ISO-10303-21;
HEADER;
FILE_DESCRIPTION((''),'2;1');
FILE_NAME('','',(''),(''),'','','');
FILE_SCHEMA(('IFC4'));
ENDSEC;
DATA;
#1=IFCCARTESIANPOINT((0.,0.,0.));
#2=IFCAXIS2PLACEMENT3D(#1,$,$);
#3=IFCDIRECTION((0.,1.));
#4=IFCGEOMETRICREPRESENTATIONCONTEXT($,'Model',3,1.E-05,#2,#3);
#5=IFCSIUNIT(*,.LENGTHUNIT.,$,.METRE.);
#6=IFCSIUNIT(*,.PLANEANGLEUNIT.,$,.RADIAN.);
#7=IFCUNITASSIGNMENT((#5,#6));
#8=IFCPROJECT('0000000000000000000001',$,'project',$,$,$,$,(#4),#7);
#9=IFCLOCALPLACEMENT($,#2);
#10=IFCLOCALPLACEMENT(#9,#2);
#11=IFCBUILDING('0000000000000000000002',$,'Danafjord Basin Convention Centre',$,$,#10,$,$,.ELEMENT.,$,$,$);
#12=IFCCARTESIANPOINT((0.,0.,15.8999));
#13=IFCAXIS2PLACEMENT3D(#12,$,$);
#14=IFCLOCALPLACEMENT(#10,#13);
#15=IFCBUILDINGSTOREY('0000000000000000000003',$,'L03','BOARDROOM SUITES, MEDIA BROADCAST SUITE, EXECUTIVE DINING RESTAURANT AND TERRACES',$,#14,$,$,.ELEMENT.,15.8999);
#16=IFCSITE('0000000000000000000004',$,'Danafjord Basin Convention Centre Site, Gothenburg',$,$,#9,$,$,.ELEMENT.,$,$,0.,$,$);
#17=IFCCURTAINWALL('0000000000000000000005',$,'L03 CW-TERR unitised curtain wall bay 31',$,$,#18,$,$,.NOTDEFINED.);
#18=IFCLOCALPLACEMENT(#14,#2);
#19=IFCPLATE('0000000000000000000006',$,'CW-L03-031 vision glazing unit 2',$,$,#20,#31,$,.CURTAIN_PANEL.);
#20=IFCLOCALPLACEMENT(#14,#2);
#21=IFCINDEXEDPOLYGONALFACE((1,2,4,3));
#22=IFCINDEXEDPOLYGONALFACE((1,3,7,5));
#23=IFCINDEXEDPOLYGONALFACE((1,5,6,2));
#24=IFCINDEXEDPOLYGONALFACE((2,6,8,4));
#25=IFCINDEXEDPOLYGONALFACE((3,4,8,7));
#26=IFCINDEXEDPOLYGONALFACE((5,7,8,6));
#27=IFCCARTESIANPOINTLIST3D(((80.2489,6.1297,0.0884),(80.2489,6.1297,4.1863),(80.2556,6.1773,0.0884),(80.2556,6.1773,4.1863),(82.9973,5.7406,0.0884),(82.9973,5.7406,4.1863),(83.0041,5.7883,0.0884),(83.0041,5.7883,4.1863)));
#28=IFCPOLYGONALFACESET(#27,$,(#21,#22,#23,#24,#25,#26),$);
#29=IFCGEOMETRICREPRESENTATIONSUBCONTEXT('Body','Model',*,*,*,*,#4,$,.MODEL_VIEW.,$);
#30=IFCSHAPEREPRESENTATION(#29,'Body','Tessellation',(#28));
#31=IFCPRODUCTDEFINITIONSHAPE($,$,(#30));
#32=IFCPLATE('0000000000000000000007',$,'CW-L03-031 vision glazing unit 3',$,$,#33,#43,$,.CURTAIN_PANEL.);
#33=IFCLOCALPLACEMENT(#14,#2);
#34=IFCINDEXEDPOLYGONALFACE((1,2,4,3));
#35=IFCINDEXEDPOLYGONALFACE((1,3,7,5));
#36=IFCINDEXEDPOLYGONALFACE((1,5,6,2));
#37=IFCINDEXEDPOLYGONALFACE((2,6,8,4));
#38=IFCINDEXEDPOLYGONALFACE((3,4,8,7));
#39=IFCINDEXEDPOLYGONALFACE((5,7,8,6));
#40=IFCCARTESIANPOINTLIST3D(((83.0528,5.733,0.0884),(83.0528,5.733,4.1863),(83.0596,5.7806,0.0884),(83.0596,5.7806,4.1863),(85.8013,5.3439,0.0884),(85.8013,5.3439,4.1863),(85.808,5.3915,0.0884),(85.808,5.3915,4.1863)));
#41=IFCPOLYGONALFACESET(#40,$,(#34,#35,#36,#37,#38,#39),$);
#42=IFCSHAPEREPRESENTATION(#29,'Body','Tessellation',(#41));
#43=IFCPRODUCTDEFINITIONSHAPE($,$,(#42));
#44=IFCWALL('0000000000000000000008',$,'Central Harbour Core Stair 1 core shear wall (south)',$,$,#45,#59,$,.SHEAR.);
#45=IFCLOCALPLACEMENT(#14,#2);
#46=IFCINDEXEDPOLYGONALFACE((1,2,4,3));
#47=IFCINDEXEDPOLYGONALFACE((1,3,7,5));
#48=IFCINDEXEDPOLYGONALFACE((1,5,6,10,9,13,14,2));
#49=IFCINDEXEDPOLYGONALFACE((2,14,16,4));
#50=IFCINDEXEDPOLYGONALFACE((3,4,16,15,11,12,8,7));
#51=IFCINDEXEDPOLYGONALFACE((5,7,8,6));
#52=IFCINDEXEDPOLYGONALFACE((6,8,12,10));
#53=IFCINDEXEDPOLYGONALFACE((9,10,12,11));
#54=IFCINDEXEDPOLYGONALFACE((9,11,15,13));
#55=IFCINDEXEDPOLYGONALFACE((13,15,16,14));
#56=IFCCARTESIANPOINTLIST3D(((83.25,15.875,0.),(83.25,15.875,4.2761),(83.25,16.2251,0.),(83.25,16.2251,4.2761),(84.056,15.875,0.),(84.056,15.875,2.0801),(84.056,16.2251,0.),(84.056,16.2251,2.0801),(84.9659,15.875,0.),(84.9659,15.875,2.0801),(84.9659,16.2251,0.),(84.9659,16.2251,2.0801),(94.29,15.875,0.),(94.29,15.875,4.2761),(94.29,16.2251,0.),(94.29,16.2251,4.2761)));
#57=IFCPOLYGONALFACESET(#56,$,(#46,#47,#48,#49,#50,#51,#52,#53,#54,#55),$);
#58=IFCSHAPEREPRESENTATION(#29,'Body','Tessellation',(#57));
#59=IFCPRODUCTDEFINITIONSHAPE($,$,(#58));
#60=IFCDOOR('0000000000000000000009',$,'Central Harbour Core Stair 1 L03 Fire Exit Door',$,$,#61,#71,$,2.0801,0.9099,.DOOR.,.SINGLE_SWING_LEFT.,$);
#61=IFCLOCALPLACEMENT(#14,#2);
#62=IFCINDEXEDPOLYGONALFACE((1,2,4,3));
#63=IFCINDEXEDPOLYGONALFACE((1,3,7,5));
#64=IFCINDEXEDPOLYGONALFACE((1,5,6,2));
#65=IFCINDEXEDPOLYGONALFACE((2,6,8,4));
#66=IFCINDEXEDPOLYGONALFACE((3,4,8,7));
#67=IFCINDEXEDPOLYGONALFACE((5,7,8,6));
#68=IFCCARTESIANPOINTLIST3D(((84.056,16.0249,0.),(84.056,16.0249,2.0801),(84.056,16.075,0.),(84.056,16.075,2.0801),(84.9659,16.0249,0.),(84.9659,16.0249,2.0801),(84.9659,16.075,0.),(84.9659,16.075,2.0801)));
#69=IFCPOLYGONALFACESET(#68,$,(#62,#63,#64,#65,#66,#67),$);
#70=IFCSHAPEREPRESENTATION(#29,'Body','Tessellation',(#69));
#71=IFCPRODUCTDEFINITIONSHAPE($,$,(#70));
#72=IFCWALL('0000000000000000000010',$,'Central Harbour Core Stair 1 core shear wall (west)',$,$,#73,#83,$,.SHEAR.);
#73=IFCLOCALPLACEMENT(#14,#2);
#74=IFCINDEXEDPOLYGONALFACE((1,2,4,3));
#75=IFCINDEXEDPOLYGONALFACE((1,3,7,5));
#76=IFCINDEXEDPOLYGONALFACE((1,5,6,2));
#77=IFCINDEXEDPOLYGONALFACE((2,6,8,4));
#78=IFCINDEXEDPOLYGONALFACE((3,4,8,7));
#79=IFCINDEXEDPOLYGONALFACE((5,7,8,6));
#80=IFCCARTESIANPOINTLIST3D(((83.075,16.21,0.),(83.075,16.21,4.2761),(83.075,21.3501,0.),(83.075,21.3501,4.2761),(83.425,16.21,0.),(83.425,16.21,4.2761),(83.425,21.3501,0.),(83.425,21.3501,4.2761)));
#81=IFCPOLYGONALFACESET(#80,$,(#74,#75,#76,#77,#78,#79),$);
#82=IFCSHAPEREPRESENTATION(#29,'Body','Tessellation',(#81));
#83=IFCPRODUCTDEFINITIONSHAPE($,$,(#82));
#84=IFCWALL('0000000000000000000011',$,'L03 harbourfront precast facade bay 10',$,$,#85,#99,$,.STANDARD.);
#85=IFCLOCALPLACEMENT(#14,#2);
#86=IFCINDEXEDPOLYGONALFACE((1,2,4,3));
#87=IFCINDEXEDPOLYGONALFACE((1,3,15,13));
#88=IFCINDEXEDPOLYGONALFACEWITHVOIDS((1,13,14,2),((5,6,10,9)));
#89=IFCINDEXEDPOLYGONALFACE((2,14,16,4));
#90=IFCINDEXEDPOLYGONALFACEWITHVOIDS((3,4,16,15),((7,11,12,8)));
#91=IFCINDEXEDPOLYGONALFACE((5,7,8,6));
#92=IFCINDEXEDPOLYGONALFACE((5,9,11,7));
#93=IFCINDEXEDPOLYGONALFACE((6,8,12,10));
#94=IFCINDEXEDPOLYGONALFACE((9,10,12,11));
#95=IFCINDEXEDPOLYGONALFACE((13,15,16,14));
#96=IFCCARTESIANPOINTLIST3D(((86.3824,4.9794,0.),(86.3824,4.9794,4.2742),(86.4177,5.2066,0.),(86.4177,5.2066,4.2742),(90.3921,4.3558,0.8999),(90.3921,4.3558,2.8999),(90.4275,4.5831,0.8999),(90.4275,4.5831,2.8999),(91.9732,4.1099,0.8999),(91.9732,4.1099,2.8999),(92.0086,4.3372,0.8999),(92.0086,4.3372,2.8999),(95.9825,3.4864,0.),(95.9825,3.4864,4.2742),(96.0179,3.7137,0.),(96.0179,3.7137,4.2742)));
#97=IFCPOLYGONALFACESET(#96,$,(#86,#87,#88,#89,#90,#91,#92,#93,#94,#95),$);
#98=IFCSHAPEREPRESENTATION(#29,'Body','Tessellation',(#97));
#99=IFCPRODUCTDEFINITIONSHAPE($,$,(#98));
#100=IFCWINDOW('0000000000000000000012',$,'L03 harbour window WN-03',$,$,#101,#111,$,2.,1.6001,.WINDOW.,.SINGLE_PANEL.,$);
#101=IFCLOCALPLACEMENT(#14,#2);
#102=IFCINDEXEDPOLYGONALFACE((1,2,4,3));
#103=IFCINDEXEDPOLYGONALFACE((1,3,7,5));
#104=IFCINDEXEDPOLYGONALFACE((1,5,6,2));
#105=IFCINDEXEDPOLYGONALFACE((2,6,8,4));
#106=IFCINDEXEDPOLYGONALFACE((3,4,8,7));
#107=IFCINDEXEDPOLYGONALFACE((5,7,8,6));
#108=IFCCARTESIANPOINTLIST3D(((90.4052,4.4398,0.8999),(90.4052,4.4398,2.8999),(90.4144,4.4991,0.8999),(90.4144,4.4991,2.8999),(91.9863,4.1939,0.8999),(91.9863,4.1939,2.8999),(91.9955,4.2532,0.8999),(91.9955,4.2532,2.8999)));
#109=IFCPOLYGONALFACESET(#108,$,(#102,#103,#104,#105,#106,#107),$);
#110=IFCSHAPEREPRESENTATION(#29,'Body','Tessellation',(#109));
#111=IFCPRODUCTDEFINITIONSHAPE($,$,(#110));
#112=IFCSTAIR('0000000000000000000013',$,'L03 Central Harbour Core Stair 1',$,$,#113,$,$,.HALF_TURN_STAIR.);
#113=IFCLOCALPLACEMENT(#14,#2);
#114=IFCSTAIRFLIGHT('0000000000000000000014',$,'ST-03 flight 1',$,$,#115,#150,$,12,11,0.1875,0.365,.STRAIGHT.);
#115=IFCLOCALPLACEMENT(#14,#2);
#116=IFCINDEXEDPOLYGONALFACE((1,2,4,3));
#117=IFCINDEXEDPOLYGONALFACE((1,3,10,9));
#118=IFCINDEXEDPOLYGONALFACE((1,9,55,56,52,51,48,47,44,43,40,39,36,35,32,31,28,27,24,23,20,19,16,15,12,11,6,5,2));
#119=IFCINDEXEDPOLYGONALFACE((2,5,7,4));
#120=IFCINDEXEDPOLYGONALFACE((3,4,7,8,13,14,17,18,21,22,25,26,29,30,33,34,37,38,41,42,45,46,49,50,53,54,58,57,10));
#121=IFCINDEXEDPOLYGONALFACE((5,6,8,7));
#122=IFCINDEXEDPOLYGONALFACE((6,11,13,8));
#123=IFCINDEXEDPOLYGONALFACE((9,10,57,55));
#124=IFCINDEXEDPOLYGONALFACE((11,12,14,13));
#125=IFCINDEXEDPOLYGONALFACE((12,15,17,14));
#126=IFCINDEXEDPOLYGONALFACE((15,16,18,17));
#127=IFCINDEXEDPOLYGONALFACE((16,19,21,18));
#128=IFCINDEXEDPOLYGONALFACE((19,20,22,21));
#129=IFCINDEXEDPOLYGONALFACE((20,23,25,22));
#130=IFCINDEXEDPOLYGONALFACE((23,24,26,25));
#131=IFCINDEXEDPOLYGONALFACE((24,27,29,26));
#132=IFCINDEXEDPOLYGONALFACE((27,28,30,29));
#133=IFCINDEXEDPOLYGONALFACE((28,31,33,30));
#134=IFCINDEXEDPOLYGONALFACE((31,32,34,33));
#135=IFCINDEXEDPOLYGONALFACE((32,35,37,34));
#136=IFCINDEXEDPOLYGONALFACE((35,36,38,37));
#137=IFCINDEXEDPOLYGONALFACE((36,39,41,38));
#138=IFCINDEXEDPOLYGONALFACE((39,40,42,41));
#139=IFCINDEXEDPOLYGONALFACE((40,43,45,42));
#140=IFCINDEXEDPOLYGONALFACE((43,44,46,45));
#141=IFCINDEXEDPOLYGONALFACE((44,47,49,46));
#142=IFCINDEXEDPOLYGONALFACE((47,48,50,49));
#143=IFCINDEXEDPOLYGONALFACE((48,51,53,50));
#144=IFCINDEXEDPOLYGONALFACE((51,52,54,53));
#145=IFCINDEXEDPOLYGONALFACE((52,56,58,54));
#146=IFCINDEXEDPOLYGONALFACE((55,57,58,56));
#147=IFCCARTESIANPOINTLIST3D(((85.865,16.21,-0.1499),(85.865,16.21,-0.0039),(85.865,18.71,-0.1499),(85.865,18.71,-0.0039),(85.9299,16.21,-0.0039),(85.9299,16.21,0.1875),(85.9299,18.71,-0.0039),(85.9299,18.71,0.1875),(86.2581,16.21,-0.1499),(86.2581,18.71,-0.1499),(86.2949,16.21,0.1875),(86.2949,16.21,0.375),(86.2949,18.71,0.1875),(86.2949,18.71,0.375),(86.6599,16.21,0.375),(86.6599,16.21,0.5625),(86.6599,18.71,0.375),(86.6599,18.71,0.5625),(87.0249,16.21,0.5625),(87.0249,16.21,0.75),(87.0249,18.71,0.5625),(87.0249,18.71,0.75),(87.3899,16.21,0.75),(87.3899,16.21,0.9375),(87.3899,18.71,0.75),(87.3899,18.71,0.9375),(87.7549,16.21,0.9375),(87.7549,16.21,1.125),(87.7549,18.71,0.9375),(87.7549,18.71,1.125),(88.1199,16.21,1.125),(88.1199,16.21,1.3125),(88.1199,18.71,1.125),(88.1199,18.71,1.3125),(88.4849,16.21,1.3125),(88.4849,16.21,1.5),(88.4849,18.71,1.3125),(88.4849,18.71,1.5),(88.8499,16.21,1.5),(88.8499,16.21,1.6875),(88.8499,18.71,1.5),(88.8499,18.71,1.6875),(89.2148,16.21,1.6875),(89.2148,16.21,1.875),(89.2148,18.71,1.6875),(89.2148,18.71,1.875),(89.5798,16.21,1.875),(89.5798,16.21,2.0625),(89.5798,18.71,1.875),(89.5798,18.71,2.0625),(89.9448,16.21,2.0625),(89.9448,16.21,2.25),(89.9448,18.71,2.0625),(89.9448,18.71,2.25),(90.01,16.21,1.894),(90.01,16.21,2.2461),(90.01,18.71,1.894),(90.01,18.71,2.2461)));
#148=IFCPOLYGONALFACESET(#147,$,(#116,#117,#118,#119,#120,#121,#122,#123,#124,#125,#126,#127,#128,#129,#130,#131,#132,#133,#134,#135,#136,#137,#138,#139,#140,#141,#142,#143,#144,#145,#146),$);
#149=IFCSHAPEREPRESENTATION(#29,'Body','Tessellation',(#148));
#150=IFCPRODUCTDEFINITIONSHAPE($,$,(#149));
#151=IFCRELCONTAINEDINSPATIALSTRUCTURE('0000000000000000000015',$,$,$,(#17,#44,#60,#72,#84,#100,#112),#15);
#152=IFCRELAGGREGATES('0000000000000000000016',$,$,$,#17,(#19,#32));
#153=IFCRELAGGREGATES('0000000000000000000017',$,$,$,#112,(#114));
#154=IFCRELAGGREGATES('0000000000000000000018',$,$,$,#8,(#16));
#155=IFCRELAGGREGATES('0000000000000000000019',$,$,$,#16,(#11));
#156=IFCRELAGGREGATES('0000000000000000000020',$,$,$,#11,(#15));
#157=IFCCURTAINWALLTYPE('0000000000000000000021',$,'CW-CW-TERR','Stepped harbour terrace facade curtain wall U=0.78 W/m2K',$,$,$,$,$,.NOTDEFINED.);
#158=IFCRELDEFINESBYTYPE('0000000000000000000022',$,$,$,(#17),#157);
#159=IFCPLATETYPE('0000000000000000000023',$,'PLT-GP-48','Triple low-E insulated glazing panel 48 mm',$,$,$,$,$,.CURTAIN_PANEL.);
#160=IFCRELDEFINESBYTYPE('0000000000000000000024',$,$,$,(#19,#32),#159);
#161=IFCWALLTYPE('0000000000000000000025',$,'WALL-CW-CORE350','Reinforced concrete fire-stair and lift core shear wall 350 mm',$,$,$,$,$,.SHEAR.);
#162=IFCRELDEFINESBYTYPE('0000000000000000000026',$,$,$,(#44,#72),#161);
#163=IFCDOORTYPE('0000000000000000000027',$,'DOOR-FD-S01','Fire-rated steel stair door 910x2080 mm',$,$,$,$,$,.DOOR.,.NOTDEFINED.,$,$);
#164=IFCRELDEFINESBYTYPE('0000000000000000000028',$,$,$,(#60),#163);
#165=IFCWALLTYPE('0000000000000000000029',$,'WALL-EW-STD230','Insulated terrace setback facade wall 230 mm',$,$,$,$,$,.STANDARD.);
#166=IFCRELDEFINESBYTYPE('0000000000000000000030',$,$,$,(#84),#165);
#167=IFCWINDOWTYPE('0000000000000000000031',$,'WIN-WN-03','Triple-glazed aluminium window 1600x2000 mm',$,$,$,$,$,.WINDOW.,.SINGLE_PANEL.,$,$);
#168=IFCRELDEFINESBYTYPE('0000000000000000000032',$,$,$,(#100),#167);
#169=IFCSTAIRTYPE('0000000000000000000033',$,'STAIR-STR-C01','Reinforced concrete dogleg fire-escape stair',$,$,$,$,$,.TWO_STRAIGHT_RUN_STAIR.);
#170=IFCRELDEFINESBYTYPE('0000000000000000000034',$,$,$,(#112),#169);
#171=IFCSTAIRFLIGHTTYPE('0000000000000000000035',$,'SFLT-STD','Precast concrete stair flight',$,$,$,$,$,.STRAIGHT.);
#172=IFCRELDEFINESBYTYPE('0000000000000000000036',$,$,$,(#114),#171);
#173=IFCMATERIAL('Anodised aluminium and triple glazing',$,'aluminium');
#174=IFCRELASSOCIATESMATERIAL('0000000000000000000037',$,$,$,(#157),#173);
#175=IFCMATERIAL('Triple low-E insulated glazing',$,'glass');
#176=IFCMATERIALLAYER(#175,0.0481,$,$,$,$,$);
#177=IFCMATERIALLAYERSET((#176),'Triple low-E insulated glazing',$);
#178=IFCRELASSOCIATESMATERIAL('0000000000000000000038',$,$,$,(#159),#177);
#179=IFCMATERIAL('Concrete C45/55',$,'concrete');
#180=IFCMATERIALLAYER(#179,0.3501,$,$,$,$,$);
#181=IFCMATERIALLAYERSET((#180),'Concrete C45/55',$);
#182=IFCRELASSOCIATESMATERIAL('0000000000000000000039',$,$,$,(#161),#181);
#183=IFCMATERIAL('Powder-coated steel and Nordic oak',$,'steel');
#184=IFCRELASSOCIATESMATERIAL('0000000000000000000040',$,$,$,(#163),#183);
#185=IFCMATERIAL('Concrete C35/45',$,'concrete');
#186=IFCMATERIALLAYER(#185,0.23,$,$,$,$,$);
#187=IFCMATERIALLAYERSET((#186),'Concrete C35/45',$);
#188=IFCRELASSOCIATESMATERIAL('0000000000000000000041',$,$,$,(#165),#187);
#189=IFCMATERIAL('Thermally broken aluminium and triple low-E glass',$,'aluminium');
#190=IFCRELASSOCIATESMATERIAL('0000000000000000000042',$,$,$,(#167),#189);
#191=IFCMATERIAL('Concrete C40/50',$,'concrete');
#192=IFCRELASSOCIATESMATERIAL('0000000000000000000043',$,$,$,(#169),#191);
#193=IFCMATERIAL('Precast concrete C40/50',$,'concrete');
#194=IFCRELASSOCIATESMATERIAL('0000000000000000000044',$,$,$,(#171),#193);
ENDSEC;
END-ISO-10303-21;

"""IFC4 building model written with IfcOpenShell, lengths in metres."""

from ifc_helpers import new_model, si_unit, direction, frame, frame_2d, origin, origin_2d, place, context, subcontext, project, spatial, polyline, rectangle, outline, extrude, material, layer, layer_set, type_object, element, fill, aggregate, save


model = new_model("IFC4")

# Units and contexts
model_context = context("Model", 3, precision=1e-05, world=origin(), true_north=direction((0.0, 1.0)))
body_context = subcontext(model_context, "Body", "Model", "MODEL_VIEW")
ifc_project = project(units=[si_unit("LENGTHUNIT", "METRE"), si_unit("PLANEANGLEUNIT", "RADIAN")], contexts=[model_context])

# Site, building, storey
site_placement = place(None, origin())
site = spatial("IfcSite", under=ifc_project, at=site_placement, Name="Danafjord Basin Convention Centre Site, Gothenburg", CompositionType="ELEMENT", RefElevation=0.0)
building_placement = place(site_placement, origin())
building = spatial("IfcBuilding", under=site, at=building_placement, Name="Danafjord Basin Convention Centre", CompositionType="ELEMENT")
storey_placement = place(building_placement, frame((0.0, 0.0, 15.8999)))
storey = spatial("IfcBuildingStorey", under=building, at=storey_placement, Name="L03", Description="BOARDROOM SUITES, MEDIA BROADCAST SUITE, EXECUTIVE DINING RESTAURANT AND TERRACES", CompositionType="ELEMENT", Elevation=15.8999)

# Curtain wall, plates
ifc_material_1 = material(Name="Anodised aluminium and triple glazing", Category="aluminium")
curtain_wall_type = type_object("IfcCurtainWallType", Name="CW-CW-TERR", Description="Stepped harbour terrace facade curtain wall U=0.78 W/m2K", PredefinedType="NOTDEFINED", material=ifc_material_1)
curtain_wall_placement = place(storey_placement, origin())
curtain_wall = element("IfcCurtainWall", 1, at=curtain_wall_placement, inside=storey, type_object=curtain_wall_type, Name="L03 CW-TERR unitised curtain wall bay 31", PredefinedType="NOTDEFINED")
ifc_material_2 = material(Name="Triple low-E insulated glazing", Category="glass")
ifc_layer_1 = layer(ifc_material_2, 0.0481)
ifc_layer_set_1 = layer_set([ifc_layer_1], Name="Triple low-E insulated glazing")
plate_type = type_object("IfcPlateType", Name="PLT-GP-48", Description="Triple low-E insulated glazing panel 48 mm", PredefinedType="CURTAIN_PANEL", material=ifc_layer_set_1)
plate_1_placement = place(storey_placement, frame((81.6265, 5.959, 0.0884), z_axis=(0.0, 0.0, 1.0), x_axis=(0.990128, -0.140165, 0.0)))
plate_1 = element("IfcPlate", 2, at=plate_1_placement, type_object=plate_type, Name="CW-L03-031 vision glazing unit 2", PredefinedType="CURTAIN_PANEL", context=body_context, shape_type="SweptSolid", body=[
    extrude(rectangle(XDim=2.7759, YDim=0.0481, at=origin_2d()), origin(), (0.0, 0.0, 1.0), 4.0979),
])
plate_2_placement = place(storey_placement, frame((84.4304, 5.5623, 0.0884), z_axis=(0.0, 0.0, 1.0), x_axis=(0.990128, -0.140165, 0.0)))
plate_2 = element("IfcPlate", 3, at=plate_2_placement, type_object=plate_type, Name="CW-L03-031 vision glazing unit 3", PredefinedType="CURTAIN_PANEL", context=body_context, shape_type="SweptSolid", body=[
    extrude(rectangle(XDim=2.7759, YDim=0.0481, at=origin_2d()), origin(), (0.0, 0.0, 1.0), 4.0979),
])
aggregate(curtain_wall, [plate_1, plate_2])

# Wall, opening, door
ifc_material_3 = material(Name="Concrete C45/55", Category="concrete")
ifc_layer_2 = layer(ifc_material_3, 0.3501)
ifc_layer_set_2 = layer_set([ifc_layer_2], Name="Concrete C45/55")
wall_type_1 = type_object("IfcWallType", Name="WALL-CW-CORE350", Description="Reinforced concrete fire-stair and lift core shear wall 350 mm", PredefinedType="SHEAR", material=ifc_layer_set_2)
wall_1_placement = place(storey_placement, frame((83.25, 16.05, 0.0), z_axis=(0.0, 0.0, 1.0), x_axis=(1.0, 0.0, 0.0)))
wall_1 = element("IfcWall", 4, at=wall_1_placement, inside=storey, type_object=wall_type_1, Name="Central Harbour Core Stair 1 core shear wall (south)", PredefinedType="SHEAR", context=body_context, shape_type="SweptSolid", body=[
    extrude(rectangle(XDim=11.04, YDim=0.3501, at=frame_2d((5.52, 0.0))), origin(), (0.0, 0.0, 1.0), 4.2761),
])
opening_1_placement = place(wall_1_placement, frame((0.8059, 0.0, 0.0)))
opening_1 = element("IfcOpeningElement", 5, at=opening_1_placement, cuts=wall_1, PredefinedType="OPENING", context=body_context, shape_type="SweptSolid", body=[
    extrude(rectangle(XDim=0.9099, YDim=2.0801, at=frame_2d((0.4551, 1.04))), frame((0.0, 0.1851, 0.0), z_axis=(0.0, -1.0, 0.0), x_axis=(1.0, 0.0, 0.0)), (0.0, 0.0, 1.0), 0.3701),
])
ifc_material_4 = material(Name="Powder-coated steel and Nordic oak", Category="steel")
door_type = type_object("IfcDoorType", Name="DOOR-FD-S01", Description="Fire-rated steel stair door 910x2080 mm", OperationType="NOTDEFINED", PredefinedType="DOOR", material=ifc_material_4)
door_placement = place(opening_1_placement, origin())
door = element("IfcDoor", 6, at=door_placement, inside=storey, type_object=door_type, Name="Central Harbour Core Stair 1 L03 Fire Exit Door", OperationType="SINGLE_SWING_LEFT", OverallHeight=2.0801, OverallWidth=0.9099, PredefinedType="DOOR", context=body_context, shape_type="SweptSolid", body=[
    extrude(rectangle(XDim=0.9099, YDim=2.0801, at=frame_2d((0.4551, 1.04))), frame((0.0, 0.0249, 0.0), z_axis=(0.0, -1.0, 0.0), x_axis=(1.0, 0.0, 0.0)), (0.0, 0.0, 1.0), 0.05),
])
fill(opening_1, door)

# Wall
wall_2_placement = place(storey_placement, frame((83.25, 21.3501, 0.0), z_axis=(0.0, 0.0, 1.0), x_axis=(0.0, -1.0, 0.0)))
element("IfcWall", 7, at=wall_2_placement, inside=storey, type_object=wall_type_1, Name="Central Harbour Core Stair 1 core shear wall (west)", PredefinedType="SHEAR", context=body_context, shape_type="SweptSolid", body=[
    extrude(rectangle(XDim=5.1401, YDim=0.3501, at=frame_2d((2.5701, 0.0))), origin(), (0.0, 0.0, 1.0), 4.2761),
])

# Wall, opening, window
ifc_material_5 = material(Name="Concrete C35/45", Category="concrete")
ifc_layer_3 = layer(ifc_material_5, 0.23)
ifc_layer_set_3 = layer_set([ifc_layer_3], Name="Concrete C35/45")
wall_type_2 = type_object("IfcWallType", Name="WALL-EW-STD230", Description="Insulated terrace setback facade wall 230 mm", PredefinedType="STANDARD", material=ifc_layer_set_3)
wall_3_placement = place(storey_placement, frame((86.3999, 5.093, 0.0), z_axis=(0.0, 0.0, 1.0), x_axis=(0.988123, -0.153664, 0.0)))
wall_3 = element("IfcWall", 8, at=wall_3_placement, inside=storey, type_object=wall_type_2, Name="L03 harbourfront precast facade bay 10", PredefinedType="STANDARD", context=body_context, shape_type="SweptSolid", body=[
    extrude(rectangle(XDim=9.7156, YDim=0.23, at=frame_2d((4.8579, 0.0))), origin(), (0.0, 0.0, 1.0), 4.2742),
])
opening_2_placement = place(wall_3_placement, frame((4.0581, 0.0, 0.8999)))
opening_2 = element("IfcOpeningElement", 9, at=opening_2_placement, cuts=wall_3, PredefinedType="OPENING", context=body_context, shape_type="SweptSolid", body=[
    extrude(rectangle(XDim=1.6001, YDim=2.0, at=frame_2d((0.8, 1.0))), frame((0.0, 0.125, 0.0), z_axis=(0.0, -1.0, 0.0), x_axis=(1.0, 0.0, 0.0)), (0.0, 0.0, 1.0), 0.25),
])
ifc_material_6 = material(Name="Thermally broken aluminium and triple low-E glass", Category="aluminium")
window_type = type_object("IfcWindowType", Name="WIN-WN-03", Description="Triple-glazed aluminium window 1600x2000 mm", PartitioningType="SINGLE_PANEL", PredefinedType="WINDOW", material=ifc_material_6)
window_placement = place(opening_2_placement, origin())
window = element("IfcWindow", 10, at=window_placement, inside=storey, type_object=window_type, Name="L03 harbour window WN-03", OverallHeight=2.0, OverallWidth=1.6001, PartitioningType="SINGLE_PANEL", PredefinedType="WINDOW", context=body_context, shape_type="SweptSolid", body=[
    extrude(rectangle(XDim=1.6001, YDim=2.0, at=frame_2d((0.8, 1.0))), frame((0.0, 0.03, 0.0), z_axis=(0.0, -1.0, 0.0), x_axis=(1.0, 0.0, 0.0)), (0.0, 0.0, 1.0), 0.0601),
])
fill(opening_2, window)

# Stair, stair flight
ifc_material_7 = material(Name="Concrete C40/50", Category="concrete")
stair_type = type_object("IfcStairType", Name="STAIR-STR-C01", Description="Reinforced concrete dogleg fire-escape stair", PredefinedType="TWO_STRAIGHT_RUN_STAIR", material=ifc_material_7)
stair_placement = place(storey_placement, origin())
stair = element("IfcStair", 11, at=stair_placement, inside=storey, type_object=stair_type, Name="L03 Central Harbour Core Stair 1", PredefinedType="HALF_TURN_STAIR")
ifc_material_8 = material(Name="Precast concrete C40/50", Category="concrete")
stair_flight_type = type_object("IfcStairFlightType", Name="SFLT-STD", Description="Precast concrete stair flight", PredefinedType="STRAIGHT", material=ifc_material_8)
stair_flight_1_placement = place(storey_placement, frame((85.9299, 17.46, 0.0), z_axis=(0.0, 0.0, 1.0), x_axis=(1.0, 0.0, 0.0)))
stair_flight_1 = element("IfcStairFlight", 12, at=stair_flight_1_placement, type_object=stair_flight_type, Name="ST-03 flight 1", NumberOfRisers=12, NumberOfTreads=11, PredefinedType="STRAIGHT", RiserHeight=0.1875, TreadLength=0.365, context=body_context, shape_type="SweptSolid", body=[
    extrude(outline(polyline([(-0.0649, -0.1499), (-0.0649, -0.0039), (0.0, -0.0039), (0.0, 0.1875), (0.365, 0.1875), (0.365, 0.375), (0.73, 0.375), (0.73, 0.5625), (1.095, 0.5625), (1.095, 0.75), (1.46, 0.75), (1.46, 0.9375), (1.825, 0.9375), (1.825, 1.125), (2.1899, 1.125), (2.1899, 1.3125), (2.5549, 1.3125), (2.5549, 1.5), (2.9199, 1.5), (2.9199, 1.6875), (3.2849, 1.6875), (3.2849, 1.875), (3.6499, 1.875), (3.6499, 2.0625), (4.0149, 2.0625), (4.0149, 2.25), (4.0801, 2.2461), (4.0801, 1.894), (0.3281, -0.1499), (-0.0649, -0.1499)])), frame((0.0, 1.25, 0.0), z_axis=(0.0, -1.0, 0.0), x_axis=(1.0, 0.0, 0.0)), (0.0, 0.0, 1.0), 2.5),
])
aggregate(stair, [stair_flight_1])

save(model, "model.ifc")
